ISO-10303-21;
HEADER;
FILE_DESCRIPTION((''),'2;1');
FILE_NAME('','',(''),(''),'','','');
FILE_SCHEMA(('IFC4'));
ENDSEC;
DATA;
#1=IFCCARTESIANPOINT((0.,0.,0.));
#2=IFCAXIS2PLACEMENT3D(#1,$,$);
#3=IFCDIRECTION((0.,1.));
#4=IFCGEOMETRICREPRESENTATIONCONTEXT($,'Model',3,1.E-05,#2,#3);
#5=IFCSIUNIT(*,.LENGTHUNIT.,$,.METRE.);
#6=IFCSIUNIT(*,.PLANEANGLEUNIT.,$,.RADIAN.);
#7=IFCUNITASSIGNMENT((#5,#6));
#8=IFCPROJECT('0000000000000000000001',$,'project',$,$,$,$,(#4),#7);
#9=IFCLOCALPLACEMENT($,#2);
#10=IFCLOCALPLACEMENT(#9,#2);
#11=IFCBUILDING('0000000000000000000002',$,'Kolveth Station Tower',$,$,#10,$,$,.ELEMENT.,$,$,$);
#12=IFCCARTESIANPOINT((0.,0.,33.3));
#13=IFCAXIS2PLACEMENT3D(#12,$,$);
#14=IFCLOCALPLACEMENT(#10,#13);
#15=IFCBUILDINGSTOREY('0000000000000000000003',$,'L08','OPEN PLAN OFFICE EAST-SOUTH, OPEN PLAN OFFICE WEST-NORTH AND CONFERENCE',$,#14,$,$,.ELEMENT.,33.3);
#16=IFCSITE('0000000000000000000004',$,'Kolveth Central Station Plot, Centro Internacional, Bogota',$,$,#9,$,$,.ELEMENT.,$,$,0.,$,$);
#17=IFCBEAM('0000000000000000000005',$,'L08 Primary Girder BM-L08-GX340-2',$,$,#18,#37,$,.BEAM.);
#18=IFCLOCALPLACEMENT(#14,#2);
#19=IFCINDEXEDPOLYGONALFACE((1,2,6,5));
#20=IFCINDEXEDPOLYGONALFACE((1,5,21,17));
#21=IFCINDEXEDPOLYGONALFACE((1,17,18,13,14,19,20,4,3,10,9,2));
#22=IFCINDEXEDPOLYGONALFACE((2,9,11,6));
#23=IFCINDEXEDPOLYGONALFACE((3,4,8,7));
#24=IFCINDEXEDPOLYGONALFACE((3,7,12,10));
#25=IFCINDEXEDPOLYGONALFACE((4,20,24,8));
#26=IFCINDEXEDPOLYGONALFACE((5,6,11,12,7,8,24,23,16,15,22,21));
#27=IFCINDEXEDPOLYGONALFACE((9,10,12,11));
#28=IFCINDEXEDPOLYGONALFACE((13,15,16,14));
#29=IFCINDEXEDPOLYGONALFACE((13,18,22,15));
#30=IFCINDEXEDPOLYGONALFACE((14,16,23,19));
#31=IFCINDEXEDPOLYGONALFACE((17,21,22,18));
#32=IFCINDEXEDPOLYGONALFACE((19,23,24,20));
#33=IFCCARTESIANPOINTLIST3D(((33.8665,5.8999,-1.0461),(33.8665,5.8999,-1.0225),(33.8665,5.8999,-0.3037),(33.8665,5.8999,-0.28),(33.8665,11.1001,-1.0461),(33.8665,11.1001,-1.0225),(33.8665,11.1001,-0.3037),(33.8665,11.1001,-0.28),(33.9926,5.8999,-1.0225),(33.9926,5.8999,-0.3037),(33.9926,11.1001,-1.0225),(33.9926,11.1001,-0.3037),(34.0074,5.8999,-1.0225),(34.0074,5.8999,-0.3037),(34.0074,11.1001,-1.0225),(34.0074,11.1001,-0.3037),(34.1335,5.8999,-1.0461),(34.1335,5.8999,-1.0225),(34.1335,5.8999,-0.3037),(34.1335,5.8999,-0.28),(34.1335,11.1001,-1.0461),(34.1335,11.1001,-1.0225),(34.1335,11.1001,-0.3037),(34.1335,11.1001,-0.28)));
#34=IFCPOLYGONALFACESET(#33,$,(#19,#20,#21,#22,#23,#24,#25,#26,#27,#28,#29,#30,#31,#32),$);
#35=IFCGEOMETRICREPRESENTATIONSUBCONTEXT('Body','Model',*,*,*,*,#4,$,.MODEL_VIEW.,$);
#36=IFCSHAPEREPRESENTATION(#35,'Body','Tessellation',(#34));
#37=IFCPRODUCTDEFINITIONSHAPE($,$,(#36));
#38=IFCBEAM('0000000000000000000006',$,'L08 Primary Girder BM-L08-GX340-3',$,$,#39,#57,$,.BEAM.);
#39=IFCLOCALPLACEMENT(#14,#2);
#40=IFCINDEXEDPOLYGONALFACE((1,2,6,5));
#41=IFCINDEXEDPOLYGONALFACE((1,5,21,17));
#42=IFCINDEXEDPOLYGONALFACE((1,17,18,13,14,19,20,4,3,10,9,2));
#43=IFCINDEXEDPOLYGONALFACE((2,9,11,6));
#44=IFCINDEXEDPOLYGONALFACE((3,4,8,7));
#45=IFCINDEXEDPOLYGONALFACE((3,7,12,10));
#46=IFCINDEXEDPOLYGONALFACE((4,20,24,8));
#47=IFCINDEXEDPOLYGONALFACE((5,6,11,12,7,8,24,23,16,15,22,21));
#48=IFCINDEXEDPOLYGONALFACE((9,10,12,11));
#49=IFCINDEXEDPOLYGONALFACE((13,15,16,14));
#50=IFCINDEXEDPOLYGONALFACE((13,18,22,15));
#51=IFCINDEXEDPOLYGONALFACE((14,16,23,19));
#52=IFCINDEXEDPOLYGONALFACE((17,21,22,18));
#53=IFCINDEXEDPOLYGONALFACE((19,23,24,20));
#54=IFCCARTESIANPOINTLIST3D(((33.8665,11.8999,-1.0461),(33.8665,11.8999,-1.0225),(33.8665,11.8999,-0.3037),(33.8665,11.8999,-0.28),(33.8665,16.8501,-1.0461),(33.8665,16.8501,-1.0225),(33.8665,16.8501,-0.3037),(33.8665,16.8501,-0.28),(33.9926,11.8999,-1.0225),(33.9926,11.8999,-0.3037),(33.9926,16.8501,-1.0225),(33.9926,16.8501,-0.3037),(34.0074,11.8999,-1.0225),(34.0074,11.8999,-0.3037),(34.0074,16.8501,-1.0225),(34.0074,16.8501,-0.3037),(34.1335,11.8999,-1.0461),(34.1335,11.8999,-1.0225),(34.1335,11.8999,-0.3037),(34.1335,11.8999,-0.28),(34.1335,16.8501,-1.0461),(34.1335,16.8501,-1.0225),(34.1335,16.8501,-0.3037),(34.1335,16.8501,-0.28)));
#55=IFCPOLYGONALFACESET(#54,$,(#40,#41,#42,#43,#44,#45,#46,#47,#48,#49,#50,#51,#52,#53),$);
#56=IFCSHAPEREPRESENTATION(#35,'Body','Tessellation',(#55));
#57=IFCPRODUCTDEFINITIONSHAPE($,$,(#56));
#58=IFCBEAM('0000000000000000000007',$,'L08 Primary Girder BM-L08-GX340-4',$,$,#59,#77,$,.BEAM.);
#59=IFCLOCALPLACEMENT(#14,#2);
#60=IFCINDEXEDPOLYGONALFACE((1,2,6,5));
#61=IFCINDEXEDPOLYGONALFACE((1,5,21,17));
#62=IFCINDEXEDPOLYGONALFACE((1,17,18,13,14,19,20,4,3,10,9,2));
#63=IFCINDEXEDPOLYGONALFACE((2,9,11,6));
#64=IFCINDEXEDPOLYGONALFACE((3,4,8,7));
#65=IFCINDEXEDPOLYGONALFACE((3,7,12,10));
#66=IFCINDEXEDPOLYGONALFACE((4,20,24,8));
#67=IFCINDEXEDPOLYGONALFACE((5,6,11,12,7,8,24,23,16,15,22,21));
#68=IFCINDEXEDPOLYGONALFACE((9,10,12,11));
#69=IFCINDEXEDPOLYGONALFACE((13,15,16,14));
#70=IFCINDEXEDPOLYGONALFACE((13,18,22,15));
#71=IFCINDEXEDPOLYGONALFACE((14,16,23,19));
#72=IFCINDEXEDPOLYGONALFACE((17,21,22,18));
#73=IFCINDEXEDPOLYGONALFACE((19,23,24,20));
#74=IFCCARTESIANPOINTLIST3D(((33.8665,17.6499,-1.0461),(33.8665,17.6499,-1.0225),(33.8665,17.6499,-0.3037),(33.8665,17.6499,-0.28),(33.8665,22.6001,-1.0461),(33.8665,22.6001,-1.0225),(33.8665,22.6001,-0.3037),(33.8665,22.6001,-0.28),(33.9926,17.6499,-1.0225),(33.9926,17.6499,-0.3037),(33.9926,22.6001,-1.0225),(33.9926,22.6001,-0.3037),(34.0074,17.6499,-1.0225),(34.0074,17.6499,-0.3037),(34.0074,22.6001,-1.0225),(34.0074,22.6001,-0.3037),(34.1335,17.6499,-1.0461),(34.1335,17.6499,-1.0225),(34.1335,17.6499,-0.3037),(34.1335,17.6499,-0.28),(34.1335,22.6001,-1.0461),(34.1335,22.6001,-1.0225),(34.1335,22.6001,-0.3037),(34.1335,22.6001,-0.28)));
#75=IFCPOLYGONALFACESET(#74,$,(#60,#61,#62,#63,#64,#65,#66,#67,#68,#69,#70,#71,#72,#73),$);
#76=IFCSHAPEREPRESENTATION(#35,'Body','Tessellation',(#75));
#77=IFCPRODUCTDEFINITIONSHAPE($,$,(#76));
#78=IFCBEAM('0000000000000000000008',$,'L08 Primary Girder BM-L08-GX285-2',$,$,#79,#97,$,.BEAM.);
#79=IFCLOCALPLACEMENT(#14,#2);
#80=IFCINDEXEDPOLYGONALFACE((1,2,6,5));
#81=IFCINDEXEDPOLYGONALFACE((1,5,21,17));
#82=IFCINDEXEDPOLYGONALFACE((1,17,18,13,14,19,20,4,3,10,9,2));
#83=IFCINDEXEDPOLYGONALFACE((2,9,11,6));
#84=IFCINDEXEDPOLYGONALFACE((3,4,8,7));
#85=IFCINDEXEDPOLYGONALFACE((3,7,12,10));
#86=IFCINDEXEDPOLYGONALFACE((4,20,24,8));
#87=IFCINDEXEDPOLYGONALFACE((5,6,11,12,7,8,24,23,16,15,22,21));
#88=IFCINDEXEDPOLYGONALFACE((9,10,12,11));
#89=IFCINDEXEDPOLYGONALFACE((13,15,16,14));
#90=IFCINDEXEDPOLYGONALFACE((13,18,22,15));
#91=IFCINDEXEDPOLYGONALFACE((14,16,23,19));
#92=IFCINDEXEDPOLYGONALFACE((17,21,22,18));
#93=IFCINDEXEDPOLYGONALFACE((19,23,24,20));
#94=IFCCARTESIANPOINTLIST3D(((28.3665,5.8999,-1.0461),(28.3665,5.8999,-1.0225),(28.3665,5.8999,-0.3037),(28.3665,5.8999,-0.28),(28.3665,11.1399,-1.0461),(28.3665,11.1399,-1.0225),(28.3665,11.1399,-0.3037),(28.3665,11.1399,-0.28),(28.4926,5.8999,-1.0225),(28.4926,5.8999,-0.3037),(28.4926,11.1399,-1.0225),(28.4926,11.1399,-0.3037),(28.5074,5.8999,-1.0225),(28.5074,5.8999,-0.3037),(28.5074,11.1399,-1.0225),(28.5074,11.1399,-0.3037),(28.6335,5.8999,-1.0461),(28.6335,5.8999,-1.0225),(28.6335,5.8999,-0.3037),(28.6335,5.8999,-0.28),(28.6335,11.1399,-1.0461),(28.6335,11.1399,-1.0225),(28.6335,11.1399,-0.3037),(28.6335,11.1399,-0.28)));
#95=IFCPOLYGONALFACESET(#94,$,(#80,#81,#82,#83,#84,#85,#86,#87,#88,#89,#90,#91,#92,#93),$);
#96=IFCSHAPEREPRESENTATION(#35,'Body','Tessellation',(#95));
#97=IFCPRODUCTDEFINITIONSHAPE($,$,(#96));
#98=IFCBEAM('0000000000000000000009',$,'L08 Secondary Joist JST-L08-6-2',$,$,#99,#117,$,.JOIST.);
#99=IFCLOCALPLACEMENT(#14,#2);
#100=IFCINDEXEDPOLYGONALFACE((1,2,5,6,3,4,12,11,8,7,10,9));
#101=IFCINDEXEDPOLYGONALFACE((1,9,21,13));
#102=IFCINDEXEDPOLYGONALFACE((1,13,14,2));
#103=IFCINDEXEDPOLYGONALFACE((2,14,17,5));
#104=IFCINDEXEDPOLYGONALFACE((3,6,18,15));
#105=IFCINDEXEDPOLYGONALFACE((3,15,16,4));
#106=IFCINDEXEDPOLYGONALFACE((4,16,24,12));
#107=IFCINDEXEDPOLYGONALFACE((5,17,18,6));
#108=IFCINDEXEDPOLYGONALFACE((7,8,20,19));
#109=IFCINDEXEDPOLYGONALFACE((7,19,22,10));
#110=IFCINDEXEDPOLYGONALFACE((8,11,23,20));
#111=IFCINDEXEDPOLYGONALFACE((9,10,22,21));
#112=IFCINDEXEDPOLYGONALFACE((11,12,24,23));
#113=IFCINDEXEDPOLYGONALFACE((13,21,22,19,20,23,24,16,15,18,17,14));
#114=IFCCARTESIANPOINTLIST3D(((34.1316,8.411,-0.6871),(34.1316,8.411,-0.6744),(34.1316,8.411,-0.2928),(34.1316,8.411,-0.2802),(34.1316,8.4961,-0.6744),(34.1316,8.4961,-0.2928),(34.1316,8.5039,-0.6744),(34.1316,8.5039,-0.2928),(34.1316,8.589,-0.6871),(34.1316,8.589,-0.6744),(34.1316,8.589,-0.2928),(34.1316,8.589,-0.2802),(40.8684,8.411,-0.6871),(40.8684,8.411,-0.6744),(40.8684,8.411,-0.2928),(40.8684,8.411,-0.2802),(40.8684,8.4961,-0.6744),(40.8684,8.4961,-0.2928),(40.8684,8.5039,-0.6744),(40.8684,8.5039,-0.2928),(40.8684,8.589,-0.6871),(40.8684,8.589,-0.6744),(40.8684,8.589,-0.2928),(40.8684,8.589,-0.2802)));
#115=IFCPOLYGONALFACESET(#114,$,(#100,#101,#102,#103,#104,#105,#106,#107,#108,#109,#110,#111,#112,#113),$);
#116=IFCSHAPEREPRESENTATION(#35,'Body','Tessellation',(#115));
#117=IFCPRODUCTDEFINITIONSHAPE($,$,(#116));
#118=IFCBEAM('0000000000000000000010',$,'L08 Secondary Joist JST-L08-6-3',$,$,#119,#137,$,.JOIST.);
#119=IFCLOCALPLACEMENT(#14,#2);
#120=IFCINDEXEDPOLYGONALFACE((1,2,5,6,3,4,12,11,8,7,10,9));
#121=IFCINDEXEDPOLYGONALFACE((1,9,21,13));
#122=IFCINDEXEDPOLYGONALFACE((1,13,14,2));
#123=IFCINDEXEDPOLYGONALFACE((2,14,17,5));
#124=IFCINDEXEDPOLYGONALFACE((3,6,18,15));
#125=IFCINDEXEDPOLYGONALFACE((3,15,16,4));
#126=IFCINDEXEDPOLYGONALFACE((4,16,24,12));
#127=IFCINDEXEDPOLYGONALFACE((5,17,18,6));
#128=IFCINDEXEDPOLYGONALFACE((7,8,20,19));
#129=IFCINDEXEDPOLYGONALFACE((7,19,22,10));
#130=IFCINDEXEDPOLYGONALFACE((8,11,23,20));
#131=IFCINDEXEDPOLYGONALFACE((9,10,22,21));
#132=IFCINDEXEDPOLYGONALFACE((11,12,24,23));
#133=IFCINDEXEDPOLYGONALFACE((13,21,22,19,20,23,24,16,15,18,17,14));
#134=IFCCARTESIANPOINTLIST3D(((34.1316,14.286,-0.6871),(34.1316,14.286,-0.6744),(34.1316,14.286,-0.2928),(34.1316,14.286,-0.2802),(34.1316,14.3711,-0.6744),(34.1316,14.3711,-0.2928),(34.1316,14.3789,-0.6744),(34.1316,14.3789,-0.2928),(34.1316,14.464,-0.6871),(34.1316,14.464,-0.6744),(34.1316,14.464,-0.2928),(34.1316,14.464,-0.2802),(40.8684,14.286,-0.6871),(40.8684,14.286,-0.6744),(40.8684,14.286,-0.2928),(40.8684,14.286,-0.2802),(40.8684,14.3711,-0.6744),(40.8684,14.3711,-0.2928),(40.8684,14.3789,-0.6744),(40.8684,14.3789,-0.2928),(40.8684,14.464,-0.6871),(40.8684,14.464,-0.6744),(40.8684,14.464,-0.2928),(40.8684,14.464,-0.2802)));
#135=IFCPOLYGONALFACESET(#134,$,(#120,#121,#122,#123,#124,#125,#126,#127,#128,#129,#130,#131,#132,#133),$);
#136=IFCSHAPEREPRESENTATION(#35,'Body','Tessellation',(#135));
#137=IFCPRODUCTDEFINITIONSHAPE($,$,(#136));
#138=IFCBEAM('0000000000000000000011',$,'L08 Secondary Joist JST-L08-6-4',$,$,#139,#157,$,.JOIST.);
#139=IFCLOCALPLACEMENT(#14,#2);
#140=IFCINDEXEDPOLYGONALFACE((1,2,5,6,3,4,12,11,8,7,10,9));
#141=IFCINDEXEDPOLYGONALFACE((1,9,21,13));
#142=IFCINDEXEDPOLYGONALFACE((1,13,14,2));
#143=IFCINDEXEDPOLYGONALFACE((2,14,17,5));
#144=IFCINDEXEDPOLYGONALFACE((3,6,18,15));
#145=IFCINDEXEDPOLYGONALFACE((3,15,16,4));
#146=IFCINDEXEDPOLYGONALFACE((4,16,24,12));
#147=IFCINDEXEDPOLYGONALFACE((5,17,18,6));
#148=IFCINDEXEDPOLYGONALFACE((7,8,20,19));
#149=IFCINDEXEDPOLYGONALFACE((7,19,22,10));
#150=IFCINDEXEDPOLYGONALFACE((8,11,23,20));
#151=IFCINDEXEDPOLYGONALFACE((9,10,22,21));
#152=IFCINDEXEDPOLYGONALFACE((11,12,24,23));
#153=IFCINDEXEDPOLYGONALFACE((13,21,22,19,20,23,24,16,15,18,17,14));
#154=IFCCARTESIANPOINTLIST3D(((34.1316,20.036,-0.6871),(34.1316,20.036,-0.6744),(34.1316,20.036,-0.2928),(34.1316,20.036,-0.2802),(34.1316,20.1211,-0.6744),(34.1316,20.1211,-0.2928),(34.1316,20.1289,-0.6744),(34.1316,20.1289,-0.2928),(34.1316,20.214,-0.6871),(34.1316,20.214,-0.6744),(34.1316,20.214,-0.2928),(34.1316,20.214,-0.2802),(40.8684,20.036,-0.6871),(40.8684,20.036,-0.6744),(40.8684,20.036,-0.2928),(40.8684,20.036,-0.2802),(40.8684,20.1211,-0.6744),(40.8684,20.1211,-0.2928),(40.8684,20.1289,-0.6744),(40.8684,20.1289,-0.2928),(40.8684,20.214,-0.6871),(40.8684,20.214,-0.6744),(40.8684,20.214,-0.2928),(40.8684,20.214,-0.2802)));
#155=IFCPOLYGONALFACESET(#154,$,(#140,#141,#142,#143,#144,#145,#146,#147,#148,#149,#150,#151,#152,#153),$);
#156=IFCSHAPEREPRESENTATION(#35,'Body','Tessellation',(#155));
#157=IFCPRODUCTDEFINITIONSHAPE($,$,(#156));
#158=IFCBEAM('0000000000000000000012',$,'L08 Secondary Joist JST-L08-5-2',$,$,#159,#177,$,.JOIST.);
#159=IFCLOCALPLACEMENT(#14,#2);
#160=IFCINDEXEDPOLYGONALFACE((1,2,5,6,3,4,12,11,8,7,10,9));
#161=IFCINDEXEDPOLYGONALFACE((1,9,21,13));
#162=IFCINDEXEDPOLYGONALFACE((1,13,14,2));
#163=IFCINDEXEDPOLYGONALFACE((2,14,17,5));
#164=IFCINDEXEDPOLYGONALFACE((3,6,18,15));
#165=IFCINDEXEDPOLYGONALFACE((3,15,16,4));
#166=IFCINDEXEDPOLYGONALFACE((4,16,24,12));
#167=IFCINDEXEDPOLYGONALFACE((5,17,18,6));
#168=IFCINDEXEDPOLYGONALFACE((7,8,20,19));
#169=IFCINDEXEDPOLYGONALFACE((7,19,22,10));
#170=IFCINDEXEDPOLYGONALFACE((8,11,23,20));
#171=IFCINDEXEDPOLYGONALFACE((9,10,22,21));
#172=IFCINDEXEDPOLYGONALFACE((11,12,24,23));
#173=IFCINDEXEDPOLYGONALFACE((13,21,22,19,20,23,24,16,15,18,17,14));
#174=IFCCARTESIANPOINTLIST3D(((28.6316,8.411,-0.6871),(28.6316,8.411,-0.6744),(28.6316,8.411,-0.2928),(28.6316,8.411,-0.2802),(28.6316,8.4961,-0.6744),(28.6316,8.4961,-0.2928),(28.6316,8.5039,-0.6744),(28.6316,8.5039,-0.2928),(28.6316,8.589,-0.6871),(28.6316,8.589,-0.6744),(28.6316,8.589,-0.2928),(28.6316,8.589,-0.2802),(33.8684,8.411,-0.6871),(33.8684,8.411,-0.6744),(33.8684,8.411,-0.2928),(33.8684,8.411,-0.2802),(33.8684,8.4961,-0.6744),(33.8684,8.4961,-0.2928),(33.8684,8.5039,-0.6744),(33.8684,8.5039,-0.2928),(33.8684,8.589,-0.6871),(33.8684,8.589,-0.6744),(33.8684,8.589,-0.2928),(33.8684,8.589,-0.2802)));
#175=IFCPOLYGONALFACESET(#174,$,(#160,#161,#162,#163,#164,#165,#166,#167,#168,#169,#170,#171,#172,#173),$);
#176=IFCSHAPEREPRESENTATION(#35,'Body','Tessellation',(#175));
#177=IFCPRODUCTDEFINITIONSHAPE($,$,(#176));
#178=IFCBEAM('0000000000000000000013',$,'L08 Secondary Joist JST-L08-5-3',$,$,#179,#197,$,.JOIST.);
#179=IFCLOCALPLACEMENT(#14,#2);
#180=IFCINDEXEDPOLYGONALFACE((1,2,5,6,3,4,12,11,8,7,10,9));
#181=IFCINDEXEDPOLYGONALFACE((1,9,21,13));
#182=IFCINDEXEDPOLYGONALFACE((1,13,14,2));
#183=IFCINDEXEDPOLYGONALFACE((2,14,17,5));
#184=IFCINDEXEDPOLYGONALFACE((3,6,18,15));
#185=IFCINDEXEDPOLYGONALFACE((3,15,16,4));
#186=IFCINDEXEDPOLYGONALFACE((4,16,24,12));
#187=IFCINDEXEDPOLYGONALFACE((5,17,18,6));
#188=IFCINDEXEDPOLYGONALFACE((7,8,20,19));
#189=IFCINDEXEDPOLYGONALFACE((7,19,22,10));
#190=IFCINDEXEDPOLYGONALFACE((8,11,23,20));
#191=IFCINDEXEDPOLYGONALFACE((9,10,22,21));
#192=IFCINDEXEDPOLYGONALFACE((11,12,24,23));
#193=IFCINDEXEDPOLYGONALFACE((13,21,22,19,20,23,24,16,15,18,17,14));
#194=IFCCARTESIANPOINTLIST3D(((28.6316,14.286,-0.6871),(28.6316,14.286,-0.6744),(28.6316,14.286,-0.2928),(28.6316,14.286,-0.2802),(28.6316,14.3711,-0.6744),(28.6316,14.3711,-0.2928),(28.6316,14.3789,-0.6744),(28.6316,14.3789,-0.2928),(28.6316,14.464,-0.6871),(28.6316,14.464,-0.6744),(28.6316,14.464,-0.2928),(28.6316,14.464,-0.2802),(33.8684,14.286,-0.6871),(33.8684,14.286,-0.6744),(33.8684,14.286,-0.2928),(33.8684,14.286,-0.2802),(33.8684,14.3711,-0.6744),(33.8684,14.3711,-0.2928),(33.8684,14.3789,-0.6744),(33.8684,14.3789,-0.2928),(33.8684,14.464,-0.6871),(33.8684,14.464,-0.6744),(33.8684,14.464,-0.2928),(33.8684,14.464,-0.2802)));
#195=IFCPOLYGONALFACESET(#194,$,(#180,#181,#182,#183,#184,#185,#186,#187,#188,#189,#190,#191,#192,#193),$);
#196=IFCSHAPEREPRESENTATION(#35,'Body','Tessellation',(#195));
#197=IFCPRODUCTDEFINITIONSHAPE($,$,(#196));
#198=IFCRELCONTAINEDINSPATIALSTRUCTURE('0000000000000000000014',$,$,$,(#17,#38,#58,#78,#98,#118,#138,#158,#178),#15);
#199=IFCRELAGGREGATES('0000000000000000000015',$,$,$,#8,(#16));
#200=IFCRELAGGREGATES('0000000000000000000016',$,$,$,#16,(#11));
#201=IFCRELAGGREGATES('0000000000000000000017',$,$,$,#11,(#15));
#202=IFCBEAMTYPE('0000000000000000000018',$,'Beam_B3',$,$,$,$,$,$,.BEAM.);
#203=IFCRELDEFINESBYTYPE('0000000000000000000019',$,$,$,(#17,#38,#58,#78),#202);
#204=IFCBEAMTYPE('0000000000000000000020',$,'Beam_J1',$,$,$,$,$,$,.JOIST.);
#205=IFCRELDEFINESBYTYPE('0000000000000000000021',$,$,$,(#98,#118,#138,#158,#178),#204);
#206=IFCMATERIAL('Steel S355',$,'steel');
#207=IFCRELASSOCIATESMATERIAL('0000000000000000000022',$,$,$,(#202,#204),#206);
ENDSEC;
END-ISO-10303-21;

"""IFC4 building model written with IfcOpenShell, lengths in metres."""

from ifc_helpers import new_model, si_unit, direction, frame, origin, origin_2d, place, context, subcontext, project, spatial, i_section, extrude, source, transform, mapped, material, material_profile, profile_set, type_object, element, save


model = new_model("IFC4")

# Units and contexts
model_context = context("Model", 3, precision=1e-05, world=origin(), true_north=direction((0.0, 1.0)))
body_context = subcontext(model_context, "Body", "Model", "MODEL_VIEW")
ifc_project = project(units=[si_unit("LENGTHUNIT", "METRE"), si_unit("PLANEANGLEUNIT", "RADIAN")], contexts=[model_context])

# Site, building, storey
site_placement = place(None, origin())
site = spatial("IfcSite", under=ifc_project, at=site_placement, Name="Kolveth Central Station Plot, Centro Internacional, Bogota", CompositionType="ELEMENT", RefElevation=0.0)
building_placement = place(site_placement, origin())
building = spatial("IfcBuilding", under=site, at=building_placement, Name="Kolveth Station Tower", CompositionType="ELEMENT")
storey_placement = place(building_placement, frame((0.0, 0.0, 33.3)))
storey = spatial("IfcBuildingStorey", under=building, at=storey_placement, Name="L08", Description="OPEN PLAN OFFICE EAST-SOUTH, OPEN PLAN OFFICE WEST-NORTH AND CONFERENCE", CompositionType="ELEMENT", Elevation=33.3)

# Beams
ifc_material_1 = material(Name="Steel S355", Category="steel")
ifc_material_profile_1 = material_profile(ifc_material_1, i_section(OverallWidth=0.2671, OverallDepth=0.7661, WebThickness=0.0149, FlangeThickness=0.0237, at=origin_2d()), Name="W760x185")
ifc_profile_set_1 = profile_set([ifc_material_profile_1], Name="Steel S355")
beam_type_1 = type_object("IfcBeamType", Name="Beam_B3", PredefinedType="BEAM", material=ifc_profile_set_1)
shared_shape_1 = source(origin(), body_context, "Body", "SweptSolid", [
    extrude(i_section(OverallWidth=0.2671, OverallDepth=0.7661, WebThickness=0.0149, FlangeThickness=0.0237, at=origin_2d()), origin(), (0.0, 0.0, 1.0), 5.2002),
])
beam_1_placement = place(storey_placement, frame((34.0, 5.8999, -0.6631), z_axis=(0.0, 1.0, 0.0), x_axis=(-1.0, 0.0, 0.0)))
element("IfcBeam", 1, at=beam_1_placement, inside=storey, type_object=beam_type_1, Name="L08 Primary Girder BM-L08-GX340-2", PredefinedType="BEAM", context=body_context, shape_type="MappedRepresentation", body=[
    mapped(shared_shape_1, transform((0.0, 0.0, 0.0), x_axis=(1.0, 0.0, 0.0), y_axis=(0.0, 1.0, 0.0), z_axis=(0.0, 0.0, 1.0), scale=1.0)),
])
shared_shape_2 = source(origin(), body_context, "Body", "SweptSolid", [
    extrude(i_section(OverallWidth=0.2671, OverallDepth=0.7661, WebThickness=0.0149, FlangeThickness=0.0237, at=origin_2d()), origin(), (0.0, 0.0, 1.0), 4.9502),
])
for number, where, z_axis, x_axis, name in (
    (2, (34.0, 11.8999, -0.6631), (0.0, 1.0, 0.0), (-1.0, 0.0, 0.0), "L08 Primary Girder BM-L08-GX340-3"),
    (3, (34.0, 17.6499, -0.6631), (0.0, 1.0, 0.0), (-1.0, 0.0, 0.0), "L08 Primary Girder BM-L08-GX340-4"),
):
    element("IfcBeam", number, at=place(storey_placement, frame(where, z_axis=z_axis, x_axis=x_axis)), inside=storey, type_object=beam_type_1, Name=name, PredefinedType="BEAM", context=body_context, shape_type="MappedRepresentation", body=[
        mapped(shared_shape_2, transform((0.0, 0.0, 0.0), x_axis=(1.0, 0.0, 0.0), y_axis=(0.0, 1.0, 0.0), z_axis=(0.0, 0.0, 1.0), scale=1.0)),
    ])
shared_shape_3 = source(origin(), body_context, "Body", "SweptSolid", [
    extrude(i_section(OverallWidth=0.2671, OverallDepth=0.7661, WebThickness=0.0149, FlangeThickness=0.0237, at=origin_2d()), origin(), (0.0, 0.0, 1.0), 5.24),
])
beam_2_placement = place(storey_placement, frame((28.5, 5.8999, -0.6631), z_axis=(0.0, 1.0, 0.0), x_axis=(-1.0, 0.0, 0.0)))
element("IfcBeam", 4, at=beam_2_placement, inside=storey, type_object=beam_type_1, Name="L08 Primary Girder BM-L08-GX285-2", PredefinedType="BEAM", context=body_context, shape_type="MappedRepresentation", body=[
    mapped(shared_shape_3, transform((0.0, 0.0, 0.0), x_axis=(1.0, 0.0, 0.0), y_axis=(0.0, 1.0, 0.0), z_axis=(0.0, 0.0, 1.0), scale=1.0)),
])
ifc_material_profile_2 = material_profile(ifc_material_1, i_section(OverallWidth=0.178, OverallDepth=0.407, WebThickness=0.0078, FlangeThickness=0.0127, at=origin_2d()), Name="W410x60")
ifc_profile_set_2 = profile_set([ifc_material_profile_2], Name="Steel S355")
beam_type_2 = type_object("IfcBeamType", Name="Beam_J1", PredefinedType="JOIST", material=ifc_profile_set_2)
shared_shape_4 = source(origin(), body_context, "Body", "SweptSolid", [
    extrude(i_section(OverallWidth=0.178, OverallDepth=0.407, WebThickness=0.0078, FlangeThickness=0.0127, at=origin_2d()), origin(), (0.0, 0.0, 1.0), 6.7368),
])
for number, where, z_axis, x_axis, name in (
    (5, (34.1316, 8.5, -0.4836), (1.0, 0.0, 0.0), (0.0, 1.0, 0.0), "L08 Secondary Joist JST-L08-6-2"),
    (6, (34.1316, 14.375, -0.4836), (1.0, 0.0, 0.0), (0.0, 1.0, 0.0), "L08 Secondary Joist JST-L08-6-3"),
    (7, (34.1316, 20.125, -0.4836), (1.0, 0.0, 0.0), (0.0, 1.0, 0.0), "L08 Secondary Joist JST-L08-6-4"),
):
    element("IfcBeam", number, at=place(storey_placement, frame(where, z_axis=z_axis, x_axis=x_axis)), inside=storey, type_object=beam_type_2, Name=name, PredefinedType="JOIST", context=body_context, shape_type="MappedRepresentation", body=[
        mapped(shared_shape_4, transform((0.0, 0.0, 0.0), x_axis=(1.0, 0.0, 0.0), y_axis=(0.0, 1.0, 0.0), z_axis=(0.0, 0.0, 1.0), scale=1.0)),
    ])
shared_shape_5 = source(origin(), body_context, "Body", "SweptSolid", [
    extrude(i_section(OverallWidth=0.178, OverallDepth=0.407, WebThickness=0.0078, FlangeThickness=0.0127, at=origin_2d()), origin(), (0.0, 0.0, 1.0), 5.2368),
])
for number, where, z_axis, x_axis, name in (
    (8, (28.6316, 8.5, -0.4836), (1.0, 0.0, 0.0), (0.0, 1.0, 0.0), "L08 Secondary Joist JST-L08-5-2"),
    (9, (28.6316, 14.375, -0.4836), (1.0, 0.0, 0.0), (0.0, 1.0, 0.0), "L08 Secondary Joist JST-L08-5-3"),
):
    element("IfcBeam", number, at=place(storey_placement, frame(where, z_axis=z_axis, x_axis=x_axis)), inside=storey, type_object=beam_type_2, Name=name, PredefinedType="JOIST", context=body_context, shape_type="MappedRepresentation", body=[
        mapped(shared_shape_5, transform((0.0, 0.0, 0.0), x_axis=(1.0, 0.0, 0.0), y_axis=(0.0, 1.0, 0.0), z_axis=(0.0, 0.0, 1.0), scale=1.0)),
    ])

save(model, "model.ifc")
